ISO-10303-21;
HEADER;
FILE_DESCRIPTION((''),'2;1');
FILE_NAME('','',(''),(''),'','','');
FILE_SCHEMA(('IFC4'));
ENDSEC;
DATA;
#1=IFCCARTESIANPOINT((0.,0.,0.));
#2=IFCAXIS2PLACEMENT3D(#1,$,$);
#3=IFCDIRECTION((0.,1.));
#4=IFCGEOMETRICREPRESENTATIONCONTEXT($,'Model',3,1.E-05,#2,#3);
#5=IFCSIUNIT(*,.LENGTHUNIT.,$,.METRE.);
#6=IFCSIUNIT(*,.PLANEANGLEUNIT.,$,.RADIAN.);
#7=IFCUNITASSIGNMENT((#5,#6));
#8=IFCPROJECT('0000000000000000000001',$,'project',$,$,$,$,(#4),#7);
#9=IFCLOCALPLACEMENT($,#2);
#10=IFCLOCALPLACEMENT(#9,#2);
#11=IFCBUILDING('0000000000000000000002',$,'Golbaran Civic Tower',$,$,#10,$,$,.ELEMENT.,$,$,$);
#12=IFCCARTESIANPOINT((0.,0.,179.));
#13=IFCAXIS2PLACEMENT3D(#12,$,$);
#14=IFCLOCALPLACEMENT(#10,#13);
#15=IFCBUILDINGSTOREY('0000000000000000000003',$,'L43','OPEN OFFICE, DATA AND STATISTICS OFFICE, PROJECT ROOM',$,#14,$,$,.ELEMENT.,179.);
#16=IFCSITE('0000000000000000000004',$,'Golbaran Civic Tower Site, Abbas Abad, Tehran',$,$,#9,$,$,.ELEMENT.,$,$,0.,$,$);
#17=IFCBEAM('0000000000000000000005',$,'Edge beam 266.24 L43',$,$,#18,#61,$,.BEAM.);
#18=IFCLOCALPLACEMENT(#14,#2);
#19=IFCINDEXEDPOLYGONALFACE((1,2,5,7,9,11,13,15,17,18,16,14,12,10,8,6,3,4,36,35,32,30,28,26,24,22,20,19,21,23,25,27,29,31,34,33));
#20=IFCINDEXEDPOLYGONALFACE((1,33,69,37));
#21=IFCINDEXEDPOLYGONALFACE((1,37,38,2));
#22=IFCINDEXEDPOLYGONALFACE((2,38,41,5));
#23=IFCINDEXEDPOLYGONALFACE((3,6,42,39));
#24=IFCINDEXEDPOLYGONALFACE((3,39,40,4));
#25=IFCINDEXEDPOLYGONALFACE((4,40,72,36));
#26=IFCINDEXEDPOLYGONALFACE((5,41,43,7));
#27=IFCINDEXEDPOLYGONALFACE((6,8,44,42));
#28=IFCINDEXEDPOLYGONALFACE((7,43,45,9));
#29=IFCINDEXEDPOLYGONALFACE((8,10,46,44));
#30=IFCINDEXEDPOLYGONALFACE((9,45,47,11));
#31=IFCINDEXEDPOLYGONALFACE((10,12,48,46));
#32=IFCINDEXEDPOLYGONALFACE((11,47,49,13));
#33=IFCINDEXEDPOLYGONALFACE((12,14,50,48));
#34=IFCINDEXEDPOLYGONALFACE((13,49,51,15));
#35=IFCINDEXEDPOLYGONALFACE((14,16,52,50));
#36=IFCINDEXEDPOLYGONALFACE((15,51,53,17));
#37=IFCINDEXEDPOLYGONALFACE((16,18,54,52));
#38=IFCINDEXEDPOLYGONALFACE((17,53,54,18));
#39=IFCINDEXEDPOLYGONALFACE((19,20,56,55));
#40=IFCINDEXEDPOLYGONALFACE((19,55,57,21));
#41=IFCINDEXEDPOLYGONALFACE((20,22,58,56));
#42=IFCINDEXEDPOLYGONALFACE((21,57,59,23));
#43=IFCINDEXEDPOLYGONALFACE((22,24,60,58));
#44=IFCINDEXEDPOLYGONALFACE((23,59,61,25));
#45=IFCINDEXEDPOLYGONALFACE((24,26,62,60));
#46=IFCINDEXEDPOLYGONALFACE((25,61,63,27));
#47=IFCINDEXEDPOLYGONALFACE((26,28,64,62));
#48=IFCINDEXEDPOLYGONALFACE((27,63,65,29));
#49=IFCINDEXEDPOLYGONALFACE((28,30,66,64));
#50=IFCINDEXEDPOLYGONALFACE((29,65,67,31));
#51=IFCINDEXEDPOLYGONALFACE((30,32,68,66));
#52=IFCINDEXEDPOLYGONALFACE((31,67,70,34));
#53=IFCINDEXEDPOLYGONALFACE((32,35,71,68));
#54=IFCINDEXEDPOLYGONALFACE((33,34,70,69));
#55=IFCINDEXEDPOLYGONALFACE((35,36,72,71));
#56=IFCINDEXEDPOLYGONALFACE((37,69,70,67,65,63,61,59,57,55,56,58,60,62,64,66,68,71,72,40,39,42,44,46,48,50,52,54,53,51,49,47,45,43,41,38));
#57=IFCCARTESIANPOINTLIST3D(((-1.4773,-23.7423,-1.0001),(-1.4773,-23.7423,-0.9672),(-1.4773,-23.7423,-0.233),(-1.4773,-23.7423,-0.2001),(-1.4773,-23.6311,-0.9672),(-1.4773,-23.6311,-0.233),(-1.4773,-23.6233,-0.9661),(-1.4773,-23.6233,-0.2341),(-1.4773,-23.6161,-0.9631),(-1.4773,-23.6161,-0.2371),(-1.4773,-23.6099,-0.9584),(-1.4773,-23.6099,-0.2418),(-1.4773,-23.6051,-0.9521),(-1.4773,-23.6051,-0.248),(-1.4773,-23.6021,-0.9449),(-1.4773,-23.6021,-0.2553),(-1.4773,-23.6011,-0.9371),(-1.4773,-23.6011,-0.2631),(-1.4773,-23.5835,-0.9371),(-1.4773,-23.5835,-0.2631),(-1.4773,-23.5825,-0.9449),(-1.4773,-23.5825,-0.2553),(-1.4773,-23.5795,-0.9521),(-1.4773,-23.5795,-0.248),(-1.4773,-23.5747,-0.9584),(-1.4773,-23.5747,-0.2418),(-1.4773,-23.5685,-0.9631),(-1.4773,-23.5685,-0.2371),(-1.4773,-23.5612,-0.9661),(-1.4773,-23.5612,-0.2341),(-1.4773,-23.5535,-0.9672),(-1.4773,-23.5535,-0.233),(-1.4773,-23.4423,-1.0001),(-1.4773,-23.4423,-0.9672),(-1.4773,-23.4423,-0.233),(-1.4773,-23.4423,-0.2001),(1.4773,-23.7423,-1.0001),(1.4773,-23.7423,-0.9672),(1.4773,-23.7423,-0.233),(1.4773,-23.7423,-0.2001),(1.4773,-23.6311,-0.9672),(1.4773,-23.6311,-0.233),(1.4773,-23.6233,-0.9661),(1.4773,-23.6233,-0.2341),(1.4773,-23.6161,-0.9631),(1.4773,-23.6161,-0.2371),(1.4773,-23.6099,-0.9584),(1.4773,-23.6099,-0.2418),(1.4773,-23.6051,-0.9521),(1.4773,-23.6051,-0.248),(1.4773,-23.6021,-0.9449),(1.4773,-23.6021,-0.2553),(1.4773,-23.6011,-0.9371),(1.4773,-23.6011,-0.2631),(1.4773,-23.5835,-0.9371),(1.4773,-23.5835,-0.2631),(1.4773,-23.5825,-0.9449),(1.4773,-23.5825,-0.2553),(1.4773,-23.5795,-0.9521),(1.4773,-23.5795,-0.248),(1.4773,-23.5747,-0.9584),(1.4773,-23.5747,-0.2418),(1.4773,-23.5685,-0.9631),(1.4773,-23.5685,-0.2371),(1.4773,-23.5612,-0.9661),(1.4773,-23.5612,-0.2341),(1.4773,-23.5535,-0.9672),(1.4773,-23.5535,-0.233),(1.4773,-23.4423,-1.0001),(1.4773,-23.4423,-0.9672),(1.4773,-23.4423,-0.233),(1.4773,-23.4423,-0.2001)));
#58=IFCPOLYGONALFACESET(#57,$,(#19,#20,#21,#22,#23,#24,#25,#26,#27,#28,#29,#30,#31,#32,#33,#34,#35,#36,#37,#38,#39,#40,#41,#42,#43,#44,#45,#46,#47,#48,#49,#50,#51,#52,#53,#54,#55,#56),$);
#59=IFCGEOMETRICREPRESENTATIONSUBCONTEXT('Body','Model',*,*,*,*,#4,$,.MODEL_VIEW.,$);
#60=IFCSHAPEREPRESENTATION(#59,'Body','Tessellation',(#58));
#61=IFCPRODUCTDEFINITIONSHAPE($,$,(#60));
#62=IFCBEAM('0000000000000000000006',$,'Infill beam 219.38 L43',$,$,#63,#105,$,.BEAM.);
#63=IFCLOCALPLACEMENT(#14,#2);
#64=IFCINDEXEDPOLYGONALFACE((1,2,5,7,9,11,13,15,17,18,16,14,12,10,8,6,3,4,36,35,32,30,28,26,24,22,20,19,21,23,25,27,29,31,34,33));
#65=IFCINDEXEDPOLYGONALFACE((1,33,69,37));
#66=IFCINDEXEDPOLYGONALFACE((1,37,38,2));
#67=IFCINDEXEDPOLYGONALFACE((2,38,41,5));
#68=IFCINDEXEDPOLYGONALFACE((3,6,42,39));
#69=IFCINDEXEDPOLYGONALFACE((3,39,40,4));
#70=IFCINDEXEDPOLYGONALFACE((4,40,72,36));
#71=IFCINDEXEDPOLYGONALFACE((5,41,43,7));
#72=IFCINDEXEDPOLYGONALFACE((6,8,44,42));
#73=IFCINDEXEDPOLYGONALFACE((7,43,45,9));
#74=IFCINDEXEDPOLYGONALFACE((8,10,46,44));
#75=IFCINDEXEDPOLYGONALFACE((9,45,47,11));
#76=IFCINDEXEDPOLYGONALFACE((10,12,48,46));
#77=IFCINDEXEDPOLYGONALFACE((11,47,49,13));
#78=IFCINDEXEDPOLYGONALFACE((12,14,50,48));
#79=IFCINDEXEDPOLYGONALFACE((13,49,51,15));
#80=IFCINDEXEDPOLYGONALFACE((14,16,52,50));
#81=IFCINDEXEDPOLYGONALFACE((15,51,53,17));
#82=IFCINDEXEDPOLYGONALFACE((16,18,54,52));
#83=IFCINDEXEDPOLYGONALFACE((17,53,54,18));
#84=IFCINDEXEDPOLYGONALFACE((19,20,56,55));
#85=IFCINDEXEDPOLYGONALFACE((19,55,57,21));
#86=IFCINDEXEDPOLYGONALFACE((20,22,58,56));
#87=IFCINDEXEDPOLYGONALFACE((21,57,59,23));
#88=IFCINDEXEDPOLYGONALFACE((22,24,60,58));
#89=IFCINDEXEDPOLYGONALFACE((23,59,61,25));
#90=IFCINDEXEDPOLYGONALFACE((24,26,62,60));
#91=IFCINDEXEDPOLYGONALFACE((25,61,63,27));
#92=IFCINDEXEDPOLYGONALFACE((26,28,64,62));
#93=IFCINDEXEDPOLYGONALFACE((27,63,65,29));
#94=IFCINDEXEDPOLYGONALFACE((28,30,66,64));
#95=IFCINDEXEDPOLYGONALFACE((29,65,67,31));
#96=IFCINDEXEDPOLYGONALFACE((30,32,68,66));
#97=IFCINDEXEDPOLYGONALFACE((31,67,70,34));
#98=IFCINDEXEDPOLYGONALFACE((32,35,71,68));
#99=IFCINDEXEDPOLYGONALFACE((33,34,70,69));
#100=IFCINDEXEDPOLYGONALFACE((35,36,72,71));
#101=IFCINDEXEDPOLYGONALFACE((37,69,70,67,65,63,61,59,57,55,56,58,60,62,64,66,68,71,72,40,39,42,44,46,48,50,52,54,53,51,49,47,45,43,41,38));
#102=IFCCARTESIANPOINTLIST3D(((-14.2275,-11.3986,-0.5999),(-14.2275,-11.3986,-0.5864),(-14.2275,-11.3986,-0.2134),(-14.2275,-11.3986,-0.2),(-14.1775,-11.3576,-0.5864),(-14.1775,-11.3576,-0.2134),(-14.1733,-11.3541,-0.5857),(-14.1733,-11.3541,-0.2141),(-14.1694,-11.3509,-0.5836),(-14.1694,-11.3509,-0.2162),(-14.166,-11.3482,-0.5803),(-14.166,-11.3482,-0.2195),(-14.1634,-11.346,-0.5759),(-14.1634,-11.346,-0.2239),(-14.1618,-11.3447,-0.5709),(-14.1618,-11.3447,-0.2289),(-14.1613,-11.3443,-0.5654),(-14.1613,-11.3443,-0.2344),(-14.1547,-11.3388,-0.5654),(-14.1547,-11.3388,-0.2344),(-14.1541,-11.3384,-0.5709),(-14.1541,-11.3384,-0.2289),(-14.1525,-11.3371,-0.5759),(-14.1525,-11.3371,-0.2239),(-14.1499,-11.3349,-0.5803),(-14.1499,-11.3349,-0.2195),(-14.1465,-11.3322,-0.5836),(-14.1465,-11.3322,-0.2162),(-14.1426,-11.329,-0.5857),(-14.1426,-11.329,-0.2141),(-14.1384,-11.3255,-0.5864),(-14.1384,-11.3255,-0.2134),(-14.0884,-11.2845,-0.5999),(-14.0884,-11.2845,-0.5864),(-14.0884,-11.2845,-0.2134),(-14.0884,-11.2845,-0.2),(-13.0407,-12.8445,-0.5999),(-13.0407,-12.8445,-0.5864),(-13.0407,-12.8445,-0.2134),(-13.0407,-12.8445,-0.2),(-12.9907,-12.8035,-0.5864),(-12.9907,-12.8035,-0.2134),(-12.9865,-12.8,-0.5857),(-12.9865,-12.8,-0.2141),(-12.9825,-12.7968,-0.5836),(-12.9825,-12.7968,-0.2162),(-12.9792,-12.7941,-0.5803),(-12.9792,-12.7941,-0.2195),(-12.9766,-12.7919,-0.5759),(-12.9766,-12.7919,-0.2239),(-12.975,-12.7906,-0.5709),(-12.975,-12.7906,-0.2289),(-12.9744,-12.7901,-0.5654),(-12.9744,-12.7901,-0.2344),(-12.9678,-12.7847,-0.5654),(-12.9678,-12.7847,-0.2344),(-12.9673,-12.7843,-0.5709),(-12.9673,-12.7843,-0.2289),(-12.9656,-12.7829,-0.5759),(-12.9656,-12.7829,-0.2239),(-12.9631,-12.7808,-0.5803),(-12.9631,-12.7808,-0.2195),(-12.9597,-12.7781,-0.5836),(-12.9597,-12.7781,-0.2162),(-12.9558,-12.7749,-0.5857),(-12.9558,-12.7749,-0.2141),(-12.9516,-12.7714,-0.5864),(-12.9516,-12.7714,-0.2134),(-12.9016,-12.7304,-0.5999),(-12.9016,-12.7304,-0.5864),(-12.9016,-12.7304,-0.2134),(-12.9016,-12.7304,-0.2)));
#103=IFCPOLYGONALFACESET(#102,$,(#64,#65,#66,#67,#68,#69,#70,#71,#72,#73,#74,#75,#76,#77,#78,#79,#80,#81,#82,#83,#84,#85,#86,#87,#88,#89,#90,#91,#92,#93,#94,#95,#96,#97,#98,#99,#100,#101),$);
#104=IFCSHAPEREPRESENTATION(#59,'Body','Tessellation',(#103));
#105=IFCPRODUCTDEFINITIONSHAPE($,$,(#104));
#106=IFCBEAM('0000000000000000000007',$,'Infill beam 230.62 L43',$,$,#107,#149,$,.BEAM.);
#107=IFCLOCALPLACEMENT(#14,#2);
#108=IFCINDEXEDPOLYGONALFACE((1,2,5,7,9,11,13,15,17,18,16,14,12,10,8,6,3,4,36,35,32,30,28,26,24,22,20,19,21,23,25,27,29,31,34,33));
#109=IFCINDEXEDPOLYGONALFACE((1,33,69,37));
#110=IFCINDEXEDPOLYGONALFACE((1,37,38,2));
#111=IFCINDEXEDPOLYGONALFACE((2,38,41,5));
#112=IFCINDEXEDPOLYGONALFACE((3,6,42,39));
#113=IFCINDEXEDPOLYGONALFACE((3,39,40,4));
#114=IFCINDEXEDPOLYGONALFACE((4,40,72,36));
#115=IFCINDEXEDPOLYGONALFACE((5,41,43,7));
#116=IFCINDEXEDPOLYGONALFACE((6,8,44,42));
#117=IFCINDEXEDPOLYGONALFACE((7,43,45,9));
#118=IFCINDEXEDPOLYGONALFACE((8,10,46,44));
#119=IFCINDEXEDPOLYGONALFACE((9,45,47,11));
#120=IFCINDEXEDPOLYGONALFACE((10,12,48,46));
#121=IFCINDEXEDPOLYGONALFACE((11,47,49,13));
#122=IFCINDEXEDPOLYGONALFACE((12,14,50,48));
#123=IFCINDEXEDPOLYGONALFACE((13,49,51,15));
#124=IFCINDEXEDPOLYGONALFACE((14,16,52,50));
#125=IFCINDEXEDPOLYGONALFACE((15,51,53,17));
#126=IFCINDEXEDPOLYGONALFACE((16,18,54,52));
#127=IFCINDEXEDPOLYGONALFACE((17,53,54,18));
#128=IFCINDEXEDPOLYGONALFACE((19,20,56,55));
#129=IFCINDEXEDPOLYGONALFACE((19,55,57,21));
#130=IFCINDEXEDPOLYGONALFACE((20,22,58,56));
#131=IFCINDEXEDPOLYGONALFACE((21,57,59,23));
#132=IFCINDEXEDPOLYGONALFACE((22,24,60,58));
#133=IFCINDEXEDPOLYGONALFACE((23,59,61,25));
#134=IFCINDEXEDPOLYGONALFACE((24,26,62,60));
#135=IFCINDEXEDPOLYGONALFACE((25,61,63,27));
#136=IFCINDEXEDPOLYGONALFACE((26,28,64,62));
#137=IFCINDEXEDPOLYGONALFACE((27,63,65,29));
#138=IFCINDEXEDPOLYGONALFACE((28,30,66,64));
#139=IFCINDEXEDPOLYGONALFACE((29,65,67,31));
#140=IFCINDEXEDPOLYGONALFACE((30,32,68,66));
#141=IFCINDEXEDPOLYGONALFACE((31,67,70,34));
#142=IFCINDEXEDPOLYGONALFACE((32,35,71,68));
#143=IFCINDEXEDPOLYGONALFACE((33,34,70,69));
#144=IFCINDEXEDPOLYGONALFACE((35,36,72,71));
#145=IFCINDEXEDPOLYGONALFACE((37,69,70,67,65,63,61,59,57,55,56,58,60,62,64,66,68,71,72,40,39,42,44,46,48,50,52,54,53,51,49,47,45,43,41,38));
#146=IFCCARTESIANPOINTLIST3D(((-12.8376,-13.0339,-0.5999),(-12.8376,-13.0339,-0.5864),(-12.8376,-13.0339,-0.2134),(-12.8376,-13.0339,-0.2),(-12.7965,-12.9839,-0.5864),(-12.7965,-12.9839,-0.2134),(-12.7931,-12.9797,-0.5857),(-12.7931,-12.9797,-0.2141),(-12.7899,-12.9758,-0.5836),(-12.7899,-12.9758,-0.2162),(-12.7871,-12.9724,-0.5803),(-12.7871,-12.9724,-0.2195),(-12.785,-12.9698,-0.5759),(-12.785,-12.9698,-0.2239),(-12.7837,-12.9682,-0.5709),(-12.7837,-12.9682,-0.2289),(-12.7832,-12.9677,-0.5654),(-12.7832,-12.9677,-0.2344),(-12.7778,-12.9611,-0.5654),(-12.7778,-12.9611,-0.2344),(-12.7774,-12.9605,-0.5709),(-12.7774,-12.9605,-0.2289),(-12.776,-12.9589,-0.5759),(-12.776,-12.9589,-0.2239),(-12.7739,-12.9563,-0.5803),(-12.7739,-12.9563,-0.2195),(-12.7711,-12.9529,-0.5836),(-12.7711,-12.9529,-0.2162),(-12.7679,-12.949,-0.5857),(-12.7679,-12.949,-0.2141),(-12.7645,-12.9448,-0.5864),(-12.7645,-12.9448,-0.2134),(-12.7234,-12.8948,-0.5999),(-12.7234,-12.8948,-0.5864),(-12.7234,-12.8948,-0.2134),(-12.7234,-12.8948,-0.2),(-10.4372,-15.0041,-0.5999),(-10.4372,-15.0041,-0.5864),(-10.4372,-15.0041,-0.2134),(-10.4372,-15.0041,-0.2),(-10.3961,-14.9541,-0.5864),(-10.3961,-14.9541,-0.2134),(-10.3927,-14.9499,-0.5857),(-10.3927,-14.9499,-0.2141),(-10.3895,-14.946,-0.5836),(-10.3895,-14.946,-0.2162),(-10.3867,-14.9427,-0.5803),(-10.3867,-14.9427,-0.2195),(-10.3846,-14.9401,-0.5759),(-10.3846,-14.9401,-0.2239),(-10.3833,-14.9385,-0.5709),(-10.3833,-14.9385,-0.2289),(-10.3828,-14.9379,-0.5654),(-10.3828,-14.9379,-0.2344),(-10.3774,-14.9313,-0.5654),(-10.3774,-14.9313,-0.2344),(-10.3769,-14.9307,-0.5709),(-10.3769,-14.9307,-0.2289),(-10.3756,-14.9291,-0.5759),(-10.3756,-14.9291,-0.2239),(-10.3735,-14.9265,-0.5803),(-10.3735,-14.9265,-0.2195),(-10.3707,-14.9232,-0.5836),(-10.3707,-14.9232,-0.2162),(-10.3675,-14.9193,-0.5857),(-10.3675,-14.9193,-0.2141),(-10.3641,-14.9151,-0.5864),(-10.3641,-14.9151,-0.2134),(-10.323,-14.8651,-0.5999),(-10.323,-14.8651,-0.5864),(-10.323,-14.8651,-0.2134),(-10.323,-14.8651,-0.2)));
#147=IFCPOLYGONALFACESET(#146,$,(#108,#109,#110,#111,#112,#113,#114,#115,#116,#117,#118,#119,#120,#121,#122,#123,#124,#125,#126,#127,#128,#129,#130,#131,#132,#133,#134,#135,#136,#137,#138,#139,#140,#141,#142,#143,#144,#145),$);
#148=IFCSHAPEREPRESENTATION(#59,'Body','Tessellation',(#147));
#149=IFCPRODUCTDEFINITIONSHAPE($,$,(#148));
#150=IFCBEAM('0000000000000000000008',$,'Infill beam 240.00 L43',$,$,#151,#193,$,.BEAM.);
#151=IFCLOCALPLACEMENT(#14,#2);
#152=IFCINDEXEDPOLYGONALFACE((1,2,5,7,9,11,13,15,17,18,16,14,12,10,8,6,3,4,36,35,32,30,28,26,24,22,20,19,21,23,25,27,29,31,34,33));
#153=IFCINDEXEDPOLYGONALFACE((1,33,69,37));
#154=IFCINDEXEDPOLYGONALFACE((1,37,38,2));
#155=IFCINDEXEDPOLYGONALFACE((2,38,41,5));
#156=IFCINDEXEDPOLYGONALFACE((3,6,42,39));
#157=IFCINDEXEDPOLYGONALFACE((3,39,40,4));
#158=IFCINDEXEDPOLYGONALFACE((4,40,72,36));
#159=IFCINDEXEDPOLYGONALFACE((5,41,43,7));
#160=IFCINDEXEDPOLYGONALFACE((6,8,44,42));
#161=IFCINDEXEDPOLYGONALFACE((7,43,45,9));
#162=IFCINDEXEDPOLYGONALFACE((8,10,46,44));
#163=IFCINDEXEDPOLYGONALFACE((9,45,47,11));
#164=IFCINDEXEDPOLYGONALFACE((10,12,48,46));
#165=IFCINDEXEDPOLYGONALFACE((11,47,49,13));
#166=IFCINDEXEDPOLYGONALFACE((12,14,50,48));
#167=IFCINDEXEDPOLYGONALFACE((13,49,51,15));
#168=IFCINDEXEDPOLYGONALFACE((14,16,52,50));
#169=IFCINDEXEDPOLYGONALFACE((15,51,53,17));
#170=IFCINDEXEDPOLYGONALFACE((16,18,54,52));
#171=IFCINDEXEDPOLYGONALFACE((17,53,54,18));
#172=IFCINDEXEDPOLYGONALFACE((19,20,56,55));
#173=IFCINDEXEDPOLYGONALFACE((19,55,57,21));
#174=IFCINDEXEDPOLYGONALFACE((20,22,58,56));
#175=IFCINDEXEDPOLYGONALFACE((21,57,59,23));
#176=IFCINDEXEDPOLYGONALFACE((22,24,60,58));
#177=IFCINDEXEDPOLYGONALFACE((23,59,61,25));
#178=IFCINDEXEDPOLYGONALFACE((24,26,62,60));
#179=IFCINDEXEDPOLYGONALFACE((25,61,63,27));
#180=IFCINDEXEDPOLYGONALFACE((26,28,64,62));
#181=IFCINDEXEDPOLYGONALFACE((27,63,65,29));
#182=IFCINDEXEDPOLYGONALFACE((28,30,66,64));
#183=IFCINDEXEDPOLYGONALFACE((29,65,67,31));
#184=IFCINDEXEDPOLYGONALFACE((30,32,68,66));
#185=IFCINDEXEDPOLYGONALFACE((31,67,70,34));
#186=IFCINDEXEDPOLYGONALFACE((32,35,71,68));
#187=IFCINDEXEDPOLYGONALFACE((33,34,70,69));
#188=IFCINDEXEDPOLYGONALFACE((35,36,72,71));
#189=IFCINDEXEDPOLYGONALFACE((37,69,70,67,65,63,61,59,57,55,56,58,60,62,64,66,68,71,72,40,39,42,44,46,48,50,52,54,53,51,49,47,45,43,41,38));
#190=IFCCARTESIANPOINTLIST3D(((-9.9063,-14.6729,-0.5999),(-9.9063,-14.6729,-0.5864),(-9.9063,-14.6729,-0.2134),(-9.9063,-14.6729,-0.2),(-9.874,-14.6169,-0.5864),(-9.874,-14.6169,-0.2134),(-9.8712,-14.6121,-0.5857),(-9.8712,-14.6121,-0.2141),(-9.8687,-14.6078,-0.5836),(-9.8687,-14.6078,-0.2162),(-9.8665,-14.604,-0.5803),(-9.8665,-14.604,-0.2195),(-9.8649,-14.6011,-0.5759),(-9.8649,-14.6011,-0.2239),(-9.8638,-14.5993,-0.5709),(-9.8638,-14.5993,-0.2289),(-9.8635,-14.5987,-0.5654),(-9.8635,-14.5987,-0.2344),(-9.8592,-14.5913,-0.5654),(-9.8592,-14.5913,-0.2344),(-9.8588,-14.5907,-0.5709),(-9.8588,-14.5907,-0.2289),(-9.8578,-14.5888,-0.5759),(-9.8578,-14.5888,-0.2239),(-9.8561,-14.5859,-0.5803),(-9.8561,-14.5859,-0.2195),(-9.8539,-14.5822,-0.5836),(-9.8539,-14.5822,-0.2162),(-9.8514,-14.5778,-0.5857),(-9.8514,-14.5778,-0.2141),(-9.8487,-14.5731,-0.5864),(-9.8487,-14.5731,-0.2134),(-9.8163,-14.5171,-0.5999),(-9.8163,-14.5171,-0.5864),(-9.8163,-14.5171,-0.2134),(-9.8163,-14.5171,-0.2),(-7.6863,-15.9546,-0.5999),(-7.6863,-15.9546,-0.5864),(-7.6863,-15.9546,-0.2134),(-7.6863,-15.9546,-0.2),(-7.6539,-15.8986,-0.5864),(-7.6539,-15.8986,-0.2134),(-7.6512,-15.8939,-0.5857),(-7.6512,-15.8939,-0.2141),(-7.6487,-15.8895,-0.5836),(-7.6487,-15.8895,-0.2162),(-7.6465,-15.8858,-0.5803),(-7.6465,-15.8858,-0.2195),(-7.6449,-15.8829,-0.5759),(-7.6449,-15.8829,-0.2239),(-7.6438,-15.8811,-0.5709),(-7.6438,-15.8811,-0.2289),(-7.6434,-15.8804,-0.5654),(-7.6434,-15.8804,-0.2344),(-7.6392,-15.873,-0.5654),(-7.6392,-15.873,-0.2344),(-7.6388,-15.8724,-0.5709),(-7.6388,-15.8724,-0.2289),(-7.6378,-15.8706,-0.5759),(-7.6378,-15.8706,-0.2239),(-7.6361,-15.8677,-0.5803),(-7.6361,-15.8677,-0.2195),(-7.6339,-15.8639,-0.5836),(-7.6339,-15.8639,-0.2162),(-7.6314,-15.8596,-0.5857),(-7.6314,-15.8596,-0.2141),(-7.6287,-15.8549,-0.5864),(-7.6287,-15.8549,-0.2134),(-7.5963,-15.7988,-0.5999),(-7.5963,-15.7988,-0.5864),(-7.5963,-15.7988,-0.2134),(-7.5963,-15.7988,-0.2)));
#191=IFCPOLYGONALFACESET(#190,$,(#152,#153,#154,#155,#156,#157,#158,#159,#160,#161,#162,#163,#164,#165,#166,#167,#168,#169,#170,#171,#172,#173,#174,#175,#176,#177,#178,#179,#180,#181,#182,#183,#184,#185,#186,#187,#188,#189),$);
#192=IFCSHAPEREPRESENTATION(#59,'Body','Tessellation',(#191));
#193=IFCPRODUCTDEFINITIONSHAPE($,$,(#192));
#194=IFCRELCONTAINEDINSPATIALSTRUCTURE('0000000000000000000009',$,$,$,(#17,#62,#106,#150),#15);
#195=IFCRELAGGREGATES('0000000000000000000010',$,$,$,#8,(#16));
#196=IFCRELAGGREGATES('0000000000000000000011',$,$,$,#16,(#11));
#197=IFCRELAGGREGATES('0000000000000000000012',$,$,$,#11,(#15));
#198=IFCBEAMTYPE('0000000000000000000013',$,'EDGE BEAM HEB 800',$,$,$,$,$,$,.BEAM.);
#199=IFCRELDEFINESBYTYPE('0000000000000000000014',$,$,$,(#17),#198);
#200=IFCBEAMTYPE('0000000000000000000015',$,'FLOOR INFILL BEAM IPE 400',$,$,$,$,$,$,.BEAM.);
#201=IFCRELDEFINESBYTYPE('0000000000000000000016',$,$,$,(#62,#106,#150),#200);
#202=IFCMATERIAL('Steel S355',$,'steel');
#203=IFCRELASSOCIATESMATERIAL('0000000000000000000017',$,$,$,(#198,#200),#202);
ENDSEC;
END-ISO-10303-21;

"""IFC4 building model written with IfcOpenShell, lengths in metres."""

from ifc_helpers import new_model, si_unit, direction, frame, origin, origin_2d, place, context, subcontext, project, spatial, i_section, extrude, material, material_profile, profile_set, type_object, element, save


model = new_model("IFC4")

# Units and contexts
model_context = context("Model", 3, precision=1e-05, world=origin(), true_north=direction((0.0, 1.0)))
body_context = subcontext(model_context, "Body", "Model", "MODEL_VIEW")
ifc_project = project(units=[si_unit("LENGTHUNIT", "METRE"), si_unit("PLANEANGLEUNIT", "RADIAN")], contexts=[model_context])

# Site, building, storey
site_placement = place(None, origin())
site = spatial("IfcSite", under=ifc_project, at=site_placement, Name="Golbaran Civic Tower Site, Abbas Abad, Tehran", CompositionType="ELEMENT", RefElevation=0.0)
building_placement = place(site_placement, origin())
building = spatial("IfcBuilding", under=site, at=building_placement, Name="Golbaran Civic Tower", CompositionType="ELEMENT")
storey_placement = place(building_placement, frame((0.0, 0.0, 179.0)))
storey = spatial("IfcBuildingStorey", under=building, at=storey_placement, Name="L43", Description="OPEN OFFICE, DATA AND STATISTICS OFFICE, PROJECT ROOM", CompositionType="ELEMENT", Elevation=179.0)

# Beams
ifc_material_1 = material(Name="Steel S355", Category="steel")
ifc_material_profile_1 = material_profile(ifc_material_1, i_section(OverallWidth=0.3, OverallDepth=0.8, WebThickness=0.0176, FlangeThickness=0.033, FilletRadius=0.03, at=origin_2d()), Name="HEB 800")
ifc_profile_set_1 = profile_set([ifc_material_profile_1], Name="Steel S355")
beam_type_1 = type_object("IfcBeamType", Name="EDGE BEAM HEB 800", PredefinedType="BEAM", material=ifc_profile_set_1)
beam_1_placement = place(storey_placement, frame((-1.4773, -23.5923, -0.6001), z_axis=(1.0, 0.0, 0.0), x_axis=(0.0, 1.0, 0.0)))
element("IfcBeam", 1, at=beam_1_placement, inside=storey, type_object=beam_type_1, Name="Edge beam 266.24 L43", PredefinedType="BEAM", context=body_context, shape_type="SweptSolid", body=[
    extrude(i_section(OverallWidth=0.3, OverallDepth=0.8, WebThickness=0.0176, FlangeThickness=0.033, FilletRadius=0.03, at=origin_2d()), origin(), (0.0, 0.0, 1.0), 2.9546),
])
ifc_material_profile_2 = material_profile(ifc_material_1, i_section(OverallWidth=0.1799, OverallDepth=0.3999, WebThickness=0.0085, FlangeThickness=0.0134, FilletRadius=0.021, at=origin_2d()), Name="IPE 400")
ifc_profile_set_2 = profile_set([ifc_material_profile_2], Name="Steel S355")
beam_type_2 = type_object("IfcBeamType", Name="FLOOR INFILL BEAM IPE 400", PredefinedType="BEAM", material=ifc_profile_set_2)
beam_2_placement = place(storey_placement, frame((-14.158, -11.3416, -0.3999), z_axis=(0.634467, -0.77295, 0.0), x_axis=(0.77295, 0.634467, 0.0)))
element("IfcBeam", 2, at=beam_2_placement, inside=storey, type_object=beam_type_2, Name="Infill beam 219.38 L43", PredefinedType="BEAM", context=body_context, shape_type="SweptSolid", body=[
    extrude(i_section(OverallWidth=0.1799, OverallDepth=0.3999, WebThickness=0.0085, FlangeThickness=0.0134, FilletRadius=0.021, at=origin_2d()), origin(), (0.0, 0.0, 1.0), 1.8706),
])
beam_3_placement = place(storey_placement, frame((-12.7805, -12.9644, -0.3999), z_axis=(0.772969, -0.634444, 0.0), x_axis=(0.634444, 0.772969, 0.0)))
element("IfcBeam", 3, at=beam_3_placement, inside=storey, type_object=beam_type_2, Name="Infill beam 230.62 L43", PredefinedType="BEAM", context=body_context, shape_type="SweptSolid", body=[
    extrude(i_section(OverallWidth=0.1799, OverallDepth=0.3999, WebThickness=0.0085, FlangeThickness=0.0134, FilletRadius=0.021, at=origin_2d()), origin(), (0.0, 0.0, 1.0), 3.1055),
])
beam_4_placement = place(storey_placement, frame((-9.8613, -14.595, -0.3999), z_axis=(0.866019, -0.500011, 0.0), x_axis=(0.500011, 0.866019, 0.0)))
element("IfcBeam", 4, at=beam_4_placement, inside=storey, type_object=beam_type_2, Name="Infill beam 240.00 L43", PredefinedType="BEAM", context=body_context, shape_type="SweptSolid", body=[
    extrude(i_section(OverallWidth=0.1799, OverallDepth=0.3999, WebThickness=0.0085, FlangeThickness=0.0134, FilletRadius=0.021, at=origin_2d()), origin(), (0.0, 0.0, 1.0), 2.5635),
])

save(model, "model.ifc")
